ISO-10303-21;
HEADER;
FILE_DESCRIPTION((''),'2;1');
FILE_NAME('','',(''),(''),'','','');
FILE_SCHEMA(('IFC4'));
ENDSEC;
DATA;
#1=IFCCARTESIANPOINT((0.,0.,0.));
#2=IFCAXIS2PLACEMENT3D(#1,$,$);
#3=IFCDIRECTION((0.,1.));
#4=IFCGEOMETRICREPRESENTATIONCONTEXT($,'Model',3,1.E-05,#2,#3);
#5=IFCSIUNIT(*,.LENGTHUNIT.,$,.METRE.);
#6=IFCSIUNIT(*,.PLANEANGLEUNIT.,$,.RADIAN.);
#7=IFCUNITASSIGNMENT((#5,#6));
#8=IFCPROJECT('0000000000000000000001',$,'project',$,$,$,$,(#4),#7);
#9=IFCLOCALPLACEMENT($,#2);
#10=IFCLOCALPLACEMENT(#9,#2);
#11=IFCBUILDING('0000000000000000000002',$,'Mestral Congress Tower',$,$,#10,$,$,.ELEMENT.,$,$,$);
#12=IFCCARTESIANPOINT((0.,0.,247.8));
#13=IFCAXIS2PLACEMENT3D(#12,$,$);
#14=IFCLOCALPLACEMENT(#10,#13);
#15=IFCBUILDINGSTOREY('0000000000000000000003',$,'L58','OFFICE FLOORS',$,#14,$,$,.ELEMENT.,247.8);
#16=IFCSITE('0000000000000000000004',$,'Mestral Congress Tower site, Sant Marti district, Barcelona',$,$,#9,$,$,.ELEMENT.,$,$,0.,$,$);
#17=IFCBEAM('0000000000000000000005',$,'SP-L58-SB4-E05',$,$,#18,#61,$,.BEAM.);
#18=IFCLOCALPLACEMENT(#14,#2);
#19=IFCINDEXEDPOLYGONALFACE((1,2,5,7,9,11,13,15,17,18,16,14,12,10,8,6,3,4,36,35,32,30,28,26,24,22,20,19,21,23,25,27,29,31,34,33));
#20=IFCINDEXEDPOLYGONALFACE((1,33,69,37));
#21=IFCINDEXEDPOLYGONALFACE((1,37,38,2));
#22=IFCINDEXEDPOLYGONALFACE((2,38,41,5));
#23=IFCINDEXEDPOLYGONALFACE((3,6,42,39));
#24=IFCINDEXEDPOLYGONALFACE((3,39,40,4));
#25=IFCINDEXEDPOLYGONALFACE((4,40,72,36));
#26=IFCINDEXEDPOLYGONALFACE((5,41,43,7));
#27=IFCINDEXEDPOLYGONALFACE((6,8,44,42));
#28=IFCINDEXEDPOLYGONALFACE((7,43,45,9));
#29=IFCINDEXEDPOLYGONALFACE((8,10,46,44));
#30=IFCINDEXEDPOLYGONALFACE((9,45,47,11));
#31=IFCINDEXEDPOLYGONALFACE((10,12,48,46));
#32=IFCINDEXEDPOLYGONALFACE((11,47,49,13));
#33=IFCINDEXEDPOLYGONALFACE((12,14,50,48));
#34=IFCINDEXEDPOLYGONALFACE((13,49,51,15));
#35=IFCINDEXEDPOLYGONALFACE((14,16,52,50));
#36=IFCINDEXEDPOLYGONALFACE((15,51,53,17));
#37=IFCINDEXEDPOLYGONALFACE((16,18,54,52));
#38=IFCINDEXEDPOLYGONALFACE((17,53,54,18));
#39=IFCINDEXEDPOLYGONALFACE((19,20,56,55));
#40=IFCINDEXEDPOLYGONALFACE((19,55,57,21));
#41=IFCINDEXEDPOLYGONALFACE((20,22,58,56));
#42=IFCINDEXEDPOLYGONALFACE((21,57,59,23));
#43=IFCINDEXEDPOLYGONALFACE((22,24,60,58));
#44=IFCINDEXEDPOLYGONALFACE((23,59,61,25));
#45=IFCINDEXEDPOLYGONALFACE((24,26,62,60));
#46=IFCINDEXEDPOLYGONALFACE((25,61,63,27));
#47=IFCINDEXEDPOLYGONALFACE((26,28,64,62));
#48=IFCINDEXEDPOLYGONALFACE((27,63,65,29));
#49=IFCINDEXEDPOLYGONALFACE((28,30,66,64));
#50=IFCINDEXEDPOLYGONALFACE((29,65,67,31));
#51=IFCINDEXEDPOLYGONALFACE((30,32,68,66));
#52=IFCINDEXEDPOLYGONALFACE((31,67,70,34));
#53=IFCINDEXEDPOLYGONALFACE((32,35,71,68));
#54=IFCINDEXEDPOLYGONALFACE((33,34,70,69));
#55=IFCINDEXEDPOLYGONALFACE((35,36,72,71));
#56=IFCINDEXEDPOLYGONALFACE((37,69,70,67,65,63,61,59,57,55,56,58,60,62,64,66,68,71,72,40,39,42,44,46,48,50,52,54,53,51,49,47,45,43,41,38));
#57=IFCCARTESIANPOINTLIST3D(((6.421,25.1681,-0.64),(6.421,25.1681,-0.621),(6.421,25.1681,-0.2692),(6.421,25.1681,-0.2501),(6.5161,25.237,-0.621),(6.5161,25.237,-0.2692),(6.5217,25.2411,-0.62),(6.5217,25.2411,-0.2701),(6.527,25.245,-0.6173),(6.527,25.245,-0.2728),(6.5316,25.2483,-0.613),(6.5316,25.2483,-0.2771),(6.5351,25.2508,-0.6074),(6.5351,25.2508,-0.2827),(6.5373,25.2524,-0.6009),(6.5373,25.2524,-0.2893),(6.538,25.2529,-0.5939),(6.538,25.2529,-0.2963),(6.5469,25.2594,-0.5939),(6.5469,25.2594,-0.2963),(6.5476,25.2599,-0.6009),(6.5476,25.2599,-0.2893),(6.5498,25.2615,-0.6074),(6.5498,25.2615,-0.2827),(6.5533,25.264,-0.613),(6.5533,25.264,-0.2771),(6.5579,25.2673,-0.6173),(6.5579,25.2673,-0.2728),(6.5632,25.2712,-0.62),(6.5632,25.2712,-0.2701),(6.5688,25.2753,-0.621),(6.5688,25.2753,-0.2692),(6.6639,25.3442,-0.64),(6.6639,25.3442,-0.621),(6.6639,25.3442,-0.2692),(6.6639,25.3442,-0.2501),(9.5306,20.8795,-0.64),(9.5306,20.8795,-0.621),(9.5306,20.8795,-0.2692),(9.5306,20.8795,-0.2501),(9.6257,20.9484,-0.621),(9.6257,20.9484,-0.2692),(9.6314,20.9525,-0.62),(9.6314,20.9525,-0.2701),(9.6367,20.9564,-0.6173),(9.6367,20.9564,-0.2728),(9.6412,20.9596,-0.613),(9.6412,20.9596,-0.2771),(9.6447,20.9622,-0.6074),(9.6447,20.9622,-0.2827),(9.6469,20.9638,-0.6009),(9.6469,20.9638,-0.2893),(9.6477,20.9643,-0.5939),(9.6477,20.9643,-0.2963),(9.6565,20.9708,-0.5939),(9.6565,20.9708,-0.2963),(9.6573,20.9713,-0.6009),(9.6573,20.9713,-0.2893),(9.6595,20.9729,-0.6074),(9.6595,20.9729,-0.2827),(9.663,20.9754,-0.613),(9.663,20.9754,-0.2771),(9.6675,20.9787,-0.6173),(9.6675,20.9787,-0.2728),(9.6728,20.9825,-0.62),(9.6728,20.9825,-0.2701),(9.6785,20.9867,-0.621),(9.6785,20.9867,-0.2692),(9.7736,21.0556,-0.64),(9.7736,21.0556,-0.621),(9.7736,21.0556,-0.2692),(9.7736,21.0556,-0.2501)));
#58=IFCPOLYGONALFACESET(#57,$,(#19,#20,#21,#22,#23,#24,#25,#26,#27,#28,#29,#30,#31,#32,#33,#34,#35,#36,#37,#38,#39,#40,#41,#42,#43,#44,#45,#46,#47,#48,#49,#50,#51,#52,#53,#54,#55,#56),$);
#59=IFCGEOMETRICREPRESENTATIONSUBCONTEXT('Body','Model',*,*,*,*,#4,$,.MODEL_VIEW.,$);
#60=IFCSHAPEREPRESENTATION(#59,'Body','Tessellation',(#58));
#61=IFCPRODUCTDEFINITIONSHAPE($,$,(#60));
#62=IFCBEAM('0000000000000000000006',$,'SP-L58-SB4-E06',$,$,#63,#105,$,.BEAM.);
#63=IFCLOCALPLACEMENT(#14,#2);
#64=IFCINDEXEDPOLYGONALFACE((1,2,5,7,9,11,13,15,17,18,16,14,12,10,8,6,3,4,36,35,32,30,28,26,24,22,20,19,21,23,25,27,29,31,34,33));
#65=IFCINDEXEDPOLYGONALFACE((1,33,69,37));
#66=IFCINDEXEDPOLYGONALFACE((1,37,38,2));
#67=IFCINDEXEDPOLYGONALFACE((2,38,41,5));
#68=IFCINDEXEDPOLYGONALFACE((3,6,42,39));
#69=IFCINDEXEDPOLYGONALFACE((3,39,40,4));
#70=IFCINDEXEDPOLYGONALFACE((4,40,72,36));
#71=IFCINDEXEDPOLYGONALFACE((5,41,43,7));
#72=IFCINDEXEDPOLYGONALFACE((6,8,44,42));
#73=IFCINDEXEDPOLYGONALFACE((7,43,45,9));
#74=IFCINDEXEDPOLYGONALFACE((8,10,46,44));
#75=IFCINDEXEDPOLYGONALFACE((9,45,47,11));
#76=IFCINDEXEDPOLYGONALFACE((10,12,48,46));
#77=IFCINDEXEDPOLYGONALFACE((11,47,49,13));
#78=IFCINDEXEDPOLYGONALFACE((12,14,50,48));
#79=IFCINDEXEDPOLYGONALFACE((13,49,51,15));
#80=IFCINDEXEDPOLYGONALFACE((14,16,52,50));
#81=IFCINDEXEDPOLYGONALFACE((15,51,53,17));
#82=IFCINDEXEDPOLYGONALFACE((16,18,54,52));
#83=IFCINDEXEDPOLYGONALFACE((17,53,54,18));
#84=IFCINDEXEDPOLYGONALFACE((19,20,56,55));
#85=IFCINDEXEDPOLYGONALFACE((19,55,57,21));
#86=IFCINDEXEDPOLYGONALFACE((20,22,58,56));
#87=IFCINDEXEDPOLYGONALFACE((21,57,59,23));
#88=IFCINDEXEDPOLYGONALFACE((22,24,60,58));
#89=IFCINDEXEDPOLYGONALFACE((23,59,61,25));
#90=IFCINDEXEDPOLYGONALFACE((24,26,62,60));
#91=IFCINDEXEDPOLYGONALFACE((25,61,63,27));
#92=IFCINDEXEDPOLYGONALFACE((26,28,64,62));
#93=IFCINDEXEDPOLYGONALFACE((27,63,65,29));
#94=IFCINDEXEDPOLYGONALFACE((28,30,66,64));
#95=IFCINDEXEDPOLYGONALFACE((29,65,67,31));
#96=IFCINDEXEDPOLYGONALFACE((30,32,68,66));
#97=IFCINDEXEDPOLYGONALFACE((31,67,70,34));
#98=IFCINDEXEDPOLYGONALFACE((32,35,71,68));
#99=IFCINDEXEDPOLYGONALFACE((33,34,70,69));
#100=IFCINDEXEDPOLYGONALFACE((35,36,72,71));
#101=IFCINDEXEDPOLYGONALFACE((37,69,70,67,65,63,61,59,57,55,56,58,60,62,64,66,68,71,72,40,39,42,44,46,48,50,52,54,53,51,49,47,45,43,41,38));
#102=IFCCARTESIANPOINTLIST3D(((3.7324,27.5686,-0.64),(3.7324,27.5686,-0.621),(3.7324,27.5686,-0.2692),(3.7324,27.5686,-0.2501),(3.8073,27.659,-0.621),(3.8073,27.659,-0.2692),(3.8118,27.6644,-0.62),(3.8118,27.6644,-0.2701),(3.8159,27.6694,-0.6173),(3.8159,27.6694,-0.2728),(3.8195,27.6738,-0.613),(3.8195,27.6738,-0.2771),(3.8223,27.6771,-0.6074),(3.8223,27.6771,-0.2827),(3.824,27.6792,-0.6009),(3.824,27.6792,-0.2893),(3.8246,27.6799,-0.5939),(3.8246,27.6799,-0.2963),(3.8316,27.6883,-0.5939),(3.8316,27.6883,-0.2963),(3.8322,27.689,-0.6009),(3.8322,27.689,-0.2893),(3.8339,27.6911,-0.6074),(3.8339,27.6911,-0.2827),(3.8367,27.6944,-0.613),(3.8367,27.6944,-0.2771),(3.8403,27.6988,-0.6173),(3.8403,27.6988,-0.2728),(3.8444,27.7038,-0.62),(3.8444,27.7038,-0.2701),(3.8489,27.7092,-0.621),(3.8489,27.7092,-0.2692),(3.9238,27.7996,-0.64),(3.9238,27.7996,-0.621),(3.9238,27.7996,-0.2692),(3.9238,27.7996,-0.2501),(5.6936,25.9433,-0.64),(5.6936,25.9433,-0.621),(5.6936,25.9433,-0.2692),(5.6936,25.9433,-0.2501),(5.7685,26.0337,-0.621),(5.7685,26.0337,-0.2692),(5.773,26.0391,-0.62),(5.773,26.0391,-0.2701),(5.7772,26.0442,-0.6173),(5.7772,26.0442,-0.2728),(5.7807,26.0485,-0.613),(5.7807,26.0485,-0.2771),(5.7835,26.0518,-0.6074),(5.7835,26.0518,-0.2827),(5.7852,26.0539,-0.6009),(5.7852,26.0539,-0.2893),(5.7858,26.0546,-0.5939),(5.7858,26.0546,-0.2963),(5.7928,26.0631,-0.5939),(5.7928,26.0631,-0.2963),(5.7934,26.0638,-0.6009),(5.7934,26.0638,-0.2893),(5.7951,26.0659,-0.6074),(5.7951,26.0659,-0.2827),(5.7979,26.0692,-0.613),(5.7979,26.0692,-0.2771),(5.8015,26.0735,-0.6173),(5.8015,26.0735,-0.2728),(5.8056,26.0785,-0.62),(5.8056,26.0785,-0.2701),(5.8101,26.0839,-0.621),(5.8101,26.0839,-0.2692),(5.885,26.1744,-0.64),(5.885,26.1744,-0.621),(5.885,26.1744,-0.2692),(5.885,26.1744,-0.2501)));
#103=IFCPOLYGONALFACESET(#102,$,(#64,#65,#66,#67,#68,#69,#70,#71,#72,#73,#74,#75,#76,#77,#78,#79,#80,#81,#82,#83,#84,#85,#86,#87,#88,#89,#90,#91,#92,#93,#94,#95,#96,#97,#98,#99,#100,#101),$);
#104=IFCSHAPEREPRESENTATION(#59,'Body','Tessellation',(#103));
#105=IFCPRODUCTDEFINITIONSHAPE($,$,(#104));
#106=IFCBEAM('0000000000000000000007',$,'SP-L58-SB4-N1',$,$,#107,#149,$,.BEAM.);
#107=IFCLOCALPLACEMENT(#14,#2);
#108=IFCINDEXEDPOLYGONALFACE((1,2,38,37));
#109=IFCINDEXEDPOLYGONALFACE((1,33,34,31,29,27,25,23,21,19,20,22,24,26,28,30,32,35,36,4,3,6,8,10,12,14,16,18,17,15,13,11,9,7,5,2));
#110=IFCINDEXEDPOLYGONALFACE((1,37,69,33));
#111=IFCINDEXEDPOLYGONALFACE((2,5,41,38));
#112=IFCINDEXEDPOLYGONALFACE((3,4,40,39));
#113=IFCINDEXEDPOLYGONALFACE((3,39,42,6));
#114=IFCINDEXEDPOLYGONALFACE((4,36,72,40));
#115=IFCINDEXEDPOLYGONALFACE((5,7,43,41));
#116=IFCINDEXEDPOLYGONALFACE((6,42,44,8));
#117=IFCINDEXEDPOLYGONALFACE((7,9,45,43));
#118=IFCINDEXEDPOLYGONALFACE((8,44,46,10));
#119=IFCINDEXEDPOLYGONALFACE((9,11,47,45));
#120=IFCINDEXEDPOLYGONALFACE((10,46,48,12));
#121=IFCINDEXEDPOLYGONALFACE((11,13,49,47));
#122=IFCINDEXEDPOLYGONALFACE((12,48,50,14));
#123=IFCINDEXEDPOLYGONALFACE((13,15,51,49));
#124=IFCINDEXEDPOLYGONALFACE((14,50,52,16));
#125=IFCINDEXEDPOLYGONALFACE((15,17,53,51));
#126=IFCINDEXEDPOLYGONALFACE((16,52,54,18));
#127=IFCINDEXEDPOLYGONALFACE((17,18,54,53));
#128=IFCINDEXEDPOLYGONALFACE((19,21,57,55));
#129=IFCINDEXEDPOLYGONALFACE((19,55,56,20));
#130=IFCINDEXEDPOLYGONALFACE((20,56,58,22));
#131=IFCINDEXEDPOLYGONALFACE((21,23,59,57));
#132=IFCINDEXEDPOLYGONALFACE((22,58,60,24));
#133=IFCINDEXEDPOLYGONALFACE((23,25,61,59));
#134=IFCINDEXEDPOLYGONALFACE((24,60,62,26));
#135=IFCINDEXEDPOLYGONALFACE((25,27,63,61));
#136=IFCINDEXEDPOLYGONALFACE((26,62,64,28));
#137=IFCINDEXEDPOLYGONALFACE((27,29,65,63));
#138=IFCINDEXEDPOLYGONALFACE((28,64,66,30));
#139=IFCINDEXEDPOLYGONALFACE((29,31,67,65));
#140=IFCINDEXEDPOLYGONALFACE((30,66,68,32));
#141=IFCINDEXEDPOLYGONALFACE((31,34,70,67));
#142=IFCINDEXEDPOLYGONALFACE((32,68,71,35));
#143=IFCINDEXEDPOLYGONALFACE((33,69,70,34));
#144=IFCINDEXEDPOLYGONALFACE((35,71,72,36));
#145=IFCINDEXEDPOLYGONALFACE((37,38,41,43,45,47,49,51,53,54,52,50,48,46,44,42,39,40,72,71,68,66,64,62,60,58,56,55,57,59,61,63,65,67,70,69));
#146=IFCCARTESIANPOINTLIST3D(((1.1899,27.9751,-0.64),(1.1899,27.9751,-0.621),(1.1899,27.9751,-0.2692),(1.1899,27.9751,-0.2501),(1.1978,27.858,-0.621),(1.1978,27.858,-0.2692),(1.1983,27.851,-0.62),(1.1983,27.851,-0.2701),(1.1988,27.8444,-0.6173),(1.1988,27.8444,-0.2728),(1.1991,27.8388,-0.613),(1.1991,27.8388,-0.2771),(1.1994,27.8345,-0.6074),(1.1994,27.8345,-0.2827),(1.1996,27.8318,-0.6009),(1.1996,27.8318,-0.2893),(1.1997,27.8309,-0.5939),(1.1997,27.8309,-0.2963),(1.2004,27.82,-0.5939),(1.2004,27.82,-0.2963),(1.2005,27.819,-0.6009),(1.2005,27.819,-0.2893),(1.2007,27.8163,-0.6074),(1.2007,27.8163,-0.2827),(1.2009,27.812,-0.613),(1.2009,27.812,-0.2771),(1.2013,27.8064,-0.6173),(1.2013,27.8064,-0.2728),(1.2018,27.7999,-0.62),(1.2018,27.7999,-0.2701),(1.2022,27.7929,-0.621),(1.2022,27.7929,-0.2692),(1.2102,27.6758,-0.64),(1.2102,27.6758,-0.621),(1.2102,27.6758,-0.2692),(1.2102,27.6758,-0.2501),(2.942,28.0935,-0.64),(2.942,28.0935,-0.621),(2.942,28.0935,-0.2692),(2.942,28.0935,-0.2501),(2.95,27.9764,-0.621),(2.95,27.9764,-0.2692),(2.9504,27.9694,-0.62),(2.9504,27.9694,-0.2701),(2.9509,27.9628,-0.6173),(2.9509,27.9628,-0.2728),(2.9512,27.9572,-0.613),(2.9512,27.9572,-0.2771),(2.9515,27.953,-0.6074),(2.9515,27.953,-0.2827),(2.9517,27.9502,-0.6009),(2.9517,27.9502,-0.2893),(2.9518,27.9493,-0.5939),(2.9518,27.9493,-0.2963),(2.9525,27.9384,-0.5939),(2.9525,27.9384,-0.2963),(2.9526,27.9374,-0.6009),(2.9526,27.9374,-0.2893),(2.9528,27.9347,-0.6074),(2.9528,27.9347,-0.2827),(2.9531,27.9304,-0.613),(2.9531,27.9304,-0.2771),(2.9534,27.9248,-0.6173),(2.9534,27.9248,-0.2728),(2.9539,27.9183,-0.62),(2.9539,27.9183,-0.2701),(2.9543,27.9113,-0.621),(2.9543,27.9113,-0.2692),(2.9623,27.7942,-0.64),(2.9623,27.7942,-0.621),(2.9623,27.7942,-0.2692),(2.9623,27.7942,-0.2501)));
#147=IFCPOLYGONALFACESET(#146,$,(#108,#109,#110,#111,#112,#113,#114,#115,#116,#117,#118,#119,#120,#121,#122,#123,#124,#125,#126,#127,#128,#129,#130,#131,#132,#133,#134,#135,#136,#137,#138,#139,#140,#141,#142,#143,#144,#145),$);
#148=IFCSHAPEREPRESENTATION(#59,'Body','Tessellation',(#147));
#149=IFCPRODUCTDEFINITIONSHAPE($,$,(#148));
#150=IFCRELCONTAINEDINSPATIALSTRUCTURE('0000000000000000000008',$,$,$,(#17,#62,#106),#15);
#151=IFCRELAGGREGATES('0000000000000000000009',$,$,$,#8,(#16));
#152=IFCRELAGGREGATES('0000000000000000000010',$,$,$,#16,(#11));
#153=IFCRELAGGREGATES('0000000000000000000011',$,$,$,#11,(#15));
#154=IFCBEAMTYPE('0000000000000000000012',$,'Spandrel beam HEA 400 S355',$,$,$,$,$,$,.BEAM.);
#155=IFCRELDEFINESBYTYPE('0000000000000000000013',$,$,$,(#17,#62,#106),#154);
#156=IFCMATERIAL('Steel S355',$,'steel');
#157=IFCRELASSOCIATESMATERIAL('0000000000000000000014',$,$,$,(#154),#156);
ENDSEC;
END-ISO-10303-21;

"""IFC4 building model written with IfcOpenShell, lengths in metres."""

from ifc_helpers import new_model, si_unit, direction, frame, origin, origin_2d, place, context, subcontext, project, spatial, i_section, extrude, material, material_profile, profile_set, type_object, element, save


model = new_model("IFC4")

# Units and contexts
model_context = context("Model", 3, precision=1e-05, world=origin(), true_north=direction((0.0, 1.0)))
body_context = subcontext(model_context, "Body", "Model", "MODEL_VIEW")
ifc_project = project(units=[si_unit("LENGTHUNIT", "METRE"), si_unit("PLANEANGLEUNIT", "RADIAN")], contexts=[model_context])

# Site, building, storey
site_placement = place(None, origin())
site = spatial("IfcSite", under=ifc_project, at=site_placement, Name="Mestral Congress Tower site, Sant Marti district, Barcelona", CompositionType="ELEMENT", RefElevation=0.0)
building_placement = place(site_placement, origin())
building = spatial("IfcBuilding", under=site, at=building_placement, Name="Mestral Congress Tower", CompositionType="ELEMENT")
storey_placement = place(building_placement, frame((0.0, 0.0, 247.8)))
storey = spatial("IfcBuildingStorey", under=building, at=storey_placement, Name="L58", Description="OFFICE FLOORS", CompositionType="ELEMENT", Elevation=247.8)

# Beams
ifc_material_1 = material(Name="Steel S355", Category="steel")
ifc_material_profile_1 = material_profile(ifc_material_1, i_section(OverallWidth=0.3, OverallDepth=0.3899, WebThickness=0.011, FlangeThickness=0.019, FilletRadius=0.0271, at=origin_2d()), Name="HEA 400")
ifc_profile_set_1 = profile_set([ifc_material_profile_1], Name="Steel S355")
beam_type_1 = type_object("IfcBeamType", Name="Spandrel beam HEA 400 S355", PredefinedType="BEAM", material=ifc_profile_set_1)
beam_1_placement = place(storey_placement, frame((9.6521, 20.9675, -0.4451), z_axis=(-0.587017, 0.809574, 0.0), x_axis=(-0.809574, -0.587017, 0.0)))
element("IfcBeam", 1, at=beam_1_placement, inside=storey, type_object=beam_type_1, Name="SP-L58-SB4-E05", PredefinedType="BEAM", context=body_context, shape_type="SweptSolid", body=[
    extrude(i_section(OverallWidth=0.3, OverallDepth=0.3899, WebThickness=0.011, FlangeThickness=0.019, FilletRadius=0.0271, at=origin_2d()), origin(), (0.0, 0.0, 1.0), 5.2974),
])
beam_2_placement = place(storey_placement, frame((5.7893, 26.0588, -0.4451), z_axis=(-0.76997, 0.63808, 0.0), x_axis=(-0.63808, -0.76997, 0.0)))
element("IfcBeam", 2, at=beam_2_placement, inside=storey, type_object=beam_type_1, Name="SP-L58-SB4-E06", PredefinedType="BEAM", context=body_context, shape_type="SweptSolid", body=[
    extrude(i_section(OverallWidth=0.3, OverallDepth=0.3899, WebThickness=0.011, FlangeThickness=0.019, FilletRadius=0.0271, at=origin_2d()), origin(), (0.0, 0.0, 1.0), 2.5471),
])
beam_3_placement = place(storey_placement, frame((2.9521, 27.9438, -0.4451), z_axis=(-0.997724, -0.067423, 0.0), x_axis=(0.067423, -0.997724, 0.0)))
element("IfcBeam", 3, at=beam_3_placement, inside=storey, type_object=beam_type_1, Name="SP-L58-SB4-N1", PredefinedType="BEAM", context=body_context, shape_type="SweptSolid", body=[
    extrude(i_section(OverallWidth=0.3, OverallDepth=0.3899, WebThickness=0.011, FlangeThickness=0.019, FilletRadius=0.0271, at=origin_2d()), origin(), (0.0, 0.0, 1.0), 1.7561),
])

save(model, "model.ifc")
